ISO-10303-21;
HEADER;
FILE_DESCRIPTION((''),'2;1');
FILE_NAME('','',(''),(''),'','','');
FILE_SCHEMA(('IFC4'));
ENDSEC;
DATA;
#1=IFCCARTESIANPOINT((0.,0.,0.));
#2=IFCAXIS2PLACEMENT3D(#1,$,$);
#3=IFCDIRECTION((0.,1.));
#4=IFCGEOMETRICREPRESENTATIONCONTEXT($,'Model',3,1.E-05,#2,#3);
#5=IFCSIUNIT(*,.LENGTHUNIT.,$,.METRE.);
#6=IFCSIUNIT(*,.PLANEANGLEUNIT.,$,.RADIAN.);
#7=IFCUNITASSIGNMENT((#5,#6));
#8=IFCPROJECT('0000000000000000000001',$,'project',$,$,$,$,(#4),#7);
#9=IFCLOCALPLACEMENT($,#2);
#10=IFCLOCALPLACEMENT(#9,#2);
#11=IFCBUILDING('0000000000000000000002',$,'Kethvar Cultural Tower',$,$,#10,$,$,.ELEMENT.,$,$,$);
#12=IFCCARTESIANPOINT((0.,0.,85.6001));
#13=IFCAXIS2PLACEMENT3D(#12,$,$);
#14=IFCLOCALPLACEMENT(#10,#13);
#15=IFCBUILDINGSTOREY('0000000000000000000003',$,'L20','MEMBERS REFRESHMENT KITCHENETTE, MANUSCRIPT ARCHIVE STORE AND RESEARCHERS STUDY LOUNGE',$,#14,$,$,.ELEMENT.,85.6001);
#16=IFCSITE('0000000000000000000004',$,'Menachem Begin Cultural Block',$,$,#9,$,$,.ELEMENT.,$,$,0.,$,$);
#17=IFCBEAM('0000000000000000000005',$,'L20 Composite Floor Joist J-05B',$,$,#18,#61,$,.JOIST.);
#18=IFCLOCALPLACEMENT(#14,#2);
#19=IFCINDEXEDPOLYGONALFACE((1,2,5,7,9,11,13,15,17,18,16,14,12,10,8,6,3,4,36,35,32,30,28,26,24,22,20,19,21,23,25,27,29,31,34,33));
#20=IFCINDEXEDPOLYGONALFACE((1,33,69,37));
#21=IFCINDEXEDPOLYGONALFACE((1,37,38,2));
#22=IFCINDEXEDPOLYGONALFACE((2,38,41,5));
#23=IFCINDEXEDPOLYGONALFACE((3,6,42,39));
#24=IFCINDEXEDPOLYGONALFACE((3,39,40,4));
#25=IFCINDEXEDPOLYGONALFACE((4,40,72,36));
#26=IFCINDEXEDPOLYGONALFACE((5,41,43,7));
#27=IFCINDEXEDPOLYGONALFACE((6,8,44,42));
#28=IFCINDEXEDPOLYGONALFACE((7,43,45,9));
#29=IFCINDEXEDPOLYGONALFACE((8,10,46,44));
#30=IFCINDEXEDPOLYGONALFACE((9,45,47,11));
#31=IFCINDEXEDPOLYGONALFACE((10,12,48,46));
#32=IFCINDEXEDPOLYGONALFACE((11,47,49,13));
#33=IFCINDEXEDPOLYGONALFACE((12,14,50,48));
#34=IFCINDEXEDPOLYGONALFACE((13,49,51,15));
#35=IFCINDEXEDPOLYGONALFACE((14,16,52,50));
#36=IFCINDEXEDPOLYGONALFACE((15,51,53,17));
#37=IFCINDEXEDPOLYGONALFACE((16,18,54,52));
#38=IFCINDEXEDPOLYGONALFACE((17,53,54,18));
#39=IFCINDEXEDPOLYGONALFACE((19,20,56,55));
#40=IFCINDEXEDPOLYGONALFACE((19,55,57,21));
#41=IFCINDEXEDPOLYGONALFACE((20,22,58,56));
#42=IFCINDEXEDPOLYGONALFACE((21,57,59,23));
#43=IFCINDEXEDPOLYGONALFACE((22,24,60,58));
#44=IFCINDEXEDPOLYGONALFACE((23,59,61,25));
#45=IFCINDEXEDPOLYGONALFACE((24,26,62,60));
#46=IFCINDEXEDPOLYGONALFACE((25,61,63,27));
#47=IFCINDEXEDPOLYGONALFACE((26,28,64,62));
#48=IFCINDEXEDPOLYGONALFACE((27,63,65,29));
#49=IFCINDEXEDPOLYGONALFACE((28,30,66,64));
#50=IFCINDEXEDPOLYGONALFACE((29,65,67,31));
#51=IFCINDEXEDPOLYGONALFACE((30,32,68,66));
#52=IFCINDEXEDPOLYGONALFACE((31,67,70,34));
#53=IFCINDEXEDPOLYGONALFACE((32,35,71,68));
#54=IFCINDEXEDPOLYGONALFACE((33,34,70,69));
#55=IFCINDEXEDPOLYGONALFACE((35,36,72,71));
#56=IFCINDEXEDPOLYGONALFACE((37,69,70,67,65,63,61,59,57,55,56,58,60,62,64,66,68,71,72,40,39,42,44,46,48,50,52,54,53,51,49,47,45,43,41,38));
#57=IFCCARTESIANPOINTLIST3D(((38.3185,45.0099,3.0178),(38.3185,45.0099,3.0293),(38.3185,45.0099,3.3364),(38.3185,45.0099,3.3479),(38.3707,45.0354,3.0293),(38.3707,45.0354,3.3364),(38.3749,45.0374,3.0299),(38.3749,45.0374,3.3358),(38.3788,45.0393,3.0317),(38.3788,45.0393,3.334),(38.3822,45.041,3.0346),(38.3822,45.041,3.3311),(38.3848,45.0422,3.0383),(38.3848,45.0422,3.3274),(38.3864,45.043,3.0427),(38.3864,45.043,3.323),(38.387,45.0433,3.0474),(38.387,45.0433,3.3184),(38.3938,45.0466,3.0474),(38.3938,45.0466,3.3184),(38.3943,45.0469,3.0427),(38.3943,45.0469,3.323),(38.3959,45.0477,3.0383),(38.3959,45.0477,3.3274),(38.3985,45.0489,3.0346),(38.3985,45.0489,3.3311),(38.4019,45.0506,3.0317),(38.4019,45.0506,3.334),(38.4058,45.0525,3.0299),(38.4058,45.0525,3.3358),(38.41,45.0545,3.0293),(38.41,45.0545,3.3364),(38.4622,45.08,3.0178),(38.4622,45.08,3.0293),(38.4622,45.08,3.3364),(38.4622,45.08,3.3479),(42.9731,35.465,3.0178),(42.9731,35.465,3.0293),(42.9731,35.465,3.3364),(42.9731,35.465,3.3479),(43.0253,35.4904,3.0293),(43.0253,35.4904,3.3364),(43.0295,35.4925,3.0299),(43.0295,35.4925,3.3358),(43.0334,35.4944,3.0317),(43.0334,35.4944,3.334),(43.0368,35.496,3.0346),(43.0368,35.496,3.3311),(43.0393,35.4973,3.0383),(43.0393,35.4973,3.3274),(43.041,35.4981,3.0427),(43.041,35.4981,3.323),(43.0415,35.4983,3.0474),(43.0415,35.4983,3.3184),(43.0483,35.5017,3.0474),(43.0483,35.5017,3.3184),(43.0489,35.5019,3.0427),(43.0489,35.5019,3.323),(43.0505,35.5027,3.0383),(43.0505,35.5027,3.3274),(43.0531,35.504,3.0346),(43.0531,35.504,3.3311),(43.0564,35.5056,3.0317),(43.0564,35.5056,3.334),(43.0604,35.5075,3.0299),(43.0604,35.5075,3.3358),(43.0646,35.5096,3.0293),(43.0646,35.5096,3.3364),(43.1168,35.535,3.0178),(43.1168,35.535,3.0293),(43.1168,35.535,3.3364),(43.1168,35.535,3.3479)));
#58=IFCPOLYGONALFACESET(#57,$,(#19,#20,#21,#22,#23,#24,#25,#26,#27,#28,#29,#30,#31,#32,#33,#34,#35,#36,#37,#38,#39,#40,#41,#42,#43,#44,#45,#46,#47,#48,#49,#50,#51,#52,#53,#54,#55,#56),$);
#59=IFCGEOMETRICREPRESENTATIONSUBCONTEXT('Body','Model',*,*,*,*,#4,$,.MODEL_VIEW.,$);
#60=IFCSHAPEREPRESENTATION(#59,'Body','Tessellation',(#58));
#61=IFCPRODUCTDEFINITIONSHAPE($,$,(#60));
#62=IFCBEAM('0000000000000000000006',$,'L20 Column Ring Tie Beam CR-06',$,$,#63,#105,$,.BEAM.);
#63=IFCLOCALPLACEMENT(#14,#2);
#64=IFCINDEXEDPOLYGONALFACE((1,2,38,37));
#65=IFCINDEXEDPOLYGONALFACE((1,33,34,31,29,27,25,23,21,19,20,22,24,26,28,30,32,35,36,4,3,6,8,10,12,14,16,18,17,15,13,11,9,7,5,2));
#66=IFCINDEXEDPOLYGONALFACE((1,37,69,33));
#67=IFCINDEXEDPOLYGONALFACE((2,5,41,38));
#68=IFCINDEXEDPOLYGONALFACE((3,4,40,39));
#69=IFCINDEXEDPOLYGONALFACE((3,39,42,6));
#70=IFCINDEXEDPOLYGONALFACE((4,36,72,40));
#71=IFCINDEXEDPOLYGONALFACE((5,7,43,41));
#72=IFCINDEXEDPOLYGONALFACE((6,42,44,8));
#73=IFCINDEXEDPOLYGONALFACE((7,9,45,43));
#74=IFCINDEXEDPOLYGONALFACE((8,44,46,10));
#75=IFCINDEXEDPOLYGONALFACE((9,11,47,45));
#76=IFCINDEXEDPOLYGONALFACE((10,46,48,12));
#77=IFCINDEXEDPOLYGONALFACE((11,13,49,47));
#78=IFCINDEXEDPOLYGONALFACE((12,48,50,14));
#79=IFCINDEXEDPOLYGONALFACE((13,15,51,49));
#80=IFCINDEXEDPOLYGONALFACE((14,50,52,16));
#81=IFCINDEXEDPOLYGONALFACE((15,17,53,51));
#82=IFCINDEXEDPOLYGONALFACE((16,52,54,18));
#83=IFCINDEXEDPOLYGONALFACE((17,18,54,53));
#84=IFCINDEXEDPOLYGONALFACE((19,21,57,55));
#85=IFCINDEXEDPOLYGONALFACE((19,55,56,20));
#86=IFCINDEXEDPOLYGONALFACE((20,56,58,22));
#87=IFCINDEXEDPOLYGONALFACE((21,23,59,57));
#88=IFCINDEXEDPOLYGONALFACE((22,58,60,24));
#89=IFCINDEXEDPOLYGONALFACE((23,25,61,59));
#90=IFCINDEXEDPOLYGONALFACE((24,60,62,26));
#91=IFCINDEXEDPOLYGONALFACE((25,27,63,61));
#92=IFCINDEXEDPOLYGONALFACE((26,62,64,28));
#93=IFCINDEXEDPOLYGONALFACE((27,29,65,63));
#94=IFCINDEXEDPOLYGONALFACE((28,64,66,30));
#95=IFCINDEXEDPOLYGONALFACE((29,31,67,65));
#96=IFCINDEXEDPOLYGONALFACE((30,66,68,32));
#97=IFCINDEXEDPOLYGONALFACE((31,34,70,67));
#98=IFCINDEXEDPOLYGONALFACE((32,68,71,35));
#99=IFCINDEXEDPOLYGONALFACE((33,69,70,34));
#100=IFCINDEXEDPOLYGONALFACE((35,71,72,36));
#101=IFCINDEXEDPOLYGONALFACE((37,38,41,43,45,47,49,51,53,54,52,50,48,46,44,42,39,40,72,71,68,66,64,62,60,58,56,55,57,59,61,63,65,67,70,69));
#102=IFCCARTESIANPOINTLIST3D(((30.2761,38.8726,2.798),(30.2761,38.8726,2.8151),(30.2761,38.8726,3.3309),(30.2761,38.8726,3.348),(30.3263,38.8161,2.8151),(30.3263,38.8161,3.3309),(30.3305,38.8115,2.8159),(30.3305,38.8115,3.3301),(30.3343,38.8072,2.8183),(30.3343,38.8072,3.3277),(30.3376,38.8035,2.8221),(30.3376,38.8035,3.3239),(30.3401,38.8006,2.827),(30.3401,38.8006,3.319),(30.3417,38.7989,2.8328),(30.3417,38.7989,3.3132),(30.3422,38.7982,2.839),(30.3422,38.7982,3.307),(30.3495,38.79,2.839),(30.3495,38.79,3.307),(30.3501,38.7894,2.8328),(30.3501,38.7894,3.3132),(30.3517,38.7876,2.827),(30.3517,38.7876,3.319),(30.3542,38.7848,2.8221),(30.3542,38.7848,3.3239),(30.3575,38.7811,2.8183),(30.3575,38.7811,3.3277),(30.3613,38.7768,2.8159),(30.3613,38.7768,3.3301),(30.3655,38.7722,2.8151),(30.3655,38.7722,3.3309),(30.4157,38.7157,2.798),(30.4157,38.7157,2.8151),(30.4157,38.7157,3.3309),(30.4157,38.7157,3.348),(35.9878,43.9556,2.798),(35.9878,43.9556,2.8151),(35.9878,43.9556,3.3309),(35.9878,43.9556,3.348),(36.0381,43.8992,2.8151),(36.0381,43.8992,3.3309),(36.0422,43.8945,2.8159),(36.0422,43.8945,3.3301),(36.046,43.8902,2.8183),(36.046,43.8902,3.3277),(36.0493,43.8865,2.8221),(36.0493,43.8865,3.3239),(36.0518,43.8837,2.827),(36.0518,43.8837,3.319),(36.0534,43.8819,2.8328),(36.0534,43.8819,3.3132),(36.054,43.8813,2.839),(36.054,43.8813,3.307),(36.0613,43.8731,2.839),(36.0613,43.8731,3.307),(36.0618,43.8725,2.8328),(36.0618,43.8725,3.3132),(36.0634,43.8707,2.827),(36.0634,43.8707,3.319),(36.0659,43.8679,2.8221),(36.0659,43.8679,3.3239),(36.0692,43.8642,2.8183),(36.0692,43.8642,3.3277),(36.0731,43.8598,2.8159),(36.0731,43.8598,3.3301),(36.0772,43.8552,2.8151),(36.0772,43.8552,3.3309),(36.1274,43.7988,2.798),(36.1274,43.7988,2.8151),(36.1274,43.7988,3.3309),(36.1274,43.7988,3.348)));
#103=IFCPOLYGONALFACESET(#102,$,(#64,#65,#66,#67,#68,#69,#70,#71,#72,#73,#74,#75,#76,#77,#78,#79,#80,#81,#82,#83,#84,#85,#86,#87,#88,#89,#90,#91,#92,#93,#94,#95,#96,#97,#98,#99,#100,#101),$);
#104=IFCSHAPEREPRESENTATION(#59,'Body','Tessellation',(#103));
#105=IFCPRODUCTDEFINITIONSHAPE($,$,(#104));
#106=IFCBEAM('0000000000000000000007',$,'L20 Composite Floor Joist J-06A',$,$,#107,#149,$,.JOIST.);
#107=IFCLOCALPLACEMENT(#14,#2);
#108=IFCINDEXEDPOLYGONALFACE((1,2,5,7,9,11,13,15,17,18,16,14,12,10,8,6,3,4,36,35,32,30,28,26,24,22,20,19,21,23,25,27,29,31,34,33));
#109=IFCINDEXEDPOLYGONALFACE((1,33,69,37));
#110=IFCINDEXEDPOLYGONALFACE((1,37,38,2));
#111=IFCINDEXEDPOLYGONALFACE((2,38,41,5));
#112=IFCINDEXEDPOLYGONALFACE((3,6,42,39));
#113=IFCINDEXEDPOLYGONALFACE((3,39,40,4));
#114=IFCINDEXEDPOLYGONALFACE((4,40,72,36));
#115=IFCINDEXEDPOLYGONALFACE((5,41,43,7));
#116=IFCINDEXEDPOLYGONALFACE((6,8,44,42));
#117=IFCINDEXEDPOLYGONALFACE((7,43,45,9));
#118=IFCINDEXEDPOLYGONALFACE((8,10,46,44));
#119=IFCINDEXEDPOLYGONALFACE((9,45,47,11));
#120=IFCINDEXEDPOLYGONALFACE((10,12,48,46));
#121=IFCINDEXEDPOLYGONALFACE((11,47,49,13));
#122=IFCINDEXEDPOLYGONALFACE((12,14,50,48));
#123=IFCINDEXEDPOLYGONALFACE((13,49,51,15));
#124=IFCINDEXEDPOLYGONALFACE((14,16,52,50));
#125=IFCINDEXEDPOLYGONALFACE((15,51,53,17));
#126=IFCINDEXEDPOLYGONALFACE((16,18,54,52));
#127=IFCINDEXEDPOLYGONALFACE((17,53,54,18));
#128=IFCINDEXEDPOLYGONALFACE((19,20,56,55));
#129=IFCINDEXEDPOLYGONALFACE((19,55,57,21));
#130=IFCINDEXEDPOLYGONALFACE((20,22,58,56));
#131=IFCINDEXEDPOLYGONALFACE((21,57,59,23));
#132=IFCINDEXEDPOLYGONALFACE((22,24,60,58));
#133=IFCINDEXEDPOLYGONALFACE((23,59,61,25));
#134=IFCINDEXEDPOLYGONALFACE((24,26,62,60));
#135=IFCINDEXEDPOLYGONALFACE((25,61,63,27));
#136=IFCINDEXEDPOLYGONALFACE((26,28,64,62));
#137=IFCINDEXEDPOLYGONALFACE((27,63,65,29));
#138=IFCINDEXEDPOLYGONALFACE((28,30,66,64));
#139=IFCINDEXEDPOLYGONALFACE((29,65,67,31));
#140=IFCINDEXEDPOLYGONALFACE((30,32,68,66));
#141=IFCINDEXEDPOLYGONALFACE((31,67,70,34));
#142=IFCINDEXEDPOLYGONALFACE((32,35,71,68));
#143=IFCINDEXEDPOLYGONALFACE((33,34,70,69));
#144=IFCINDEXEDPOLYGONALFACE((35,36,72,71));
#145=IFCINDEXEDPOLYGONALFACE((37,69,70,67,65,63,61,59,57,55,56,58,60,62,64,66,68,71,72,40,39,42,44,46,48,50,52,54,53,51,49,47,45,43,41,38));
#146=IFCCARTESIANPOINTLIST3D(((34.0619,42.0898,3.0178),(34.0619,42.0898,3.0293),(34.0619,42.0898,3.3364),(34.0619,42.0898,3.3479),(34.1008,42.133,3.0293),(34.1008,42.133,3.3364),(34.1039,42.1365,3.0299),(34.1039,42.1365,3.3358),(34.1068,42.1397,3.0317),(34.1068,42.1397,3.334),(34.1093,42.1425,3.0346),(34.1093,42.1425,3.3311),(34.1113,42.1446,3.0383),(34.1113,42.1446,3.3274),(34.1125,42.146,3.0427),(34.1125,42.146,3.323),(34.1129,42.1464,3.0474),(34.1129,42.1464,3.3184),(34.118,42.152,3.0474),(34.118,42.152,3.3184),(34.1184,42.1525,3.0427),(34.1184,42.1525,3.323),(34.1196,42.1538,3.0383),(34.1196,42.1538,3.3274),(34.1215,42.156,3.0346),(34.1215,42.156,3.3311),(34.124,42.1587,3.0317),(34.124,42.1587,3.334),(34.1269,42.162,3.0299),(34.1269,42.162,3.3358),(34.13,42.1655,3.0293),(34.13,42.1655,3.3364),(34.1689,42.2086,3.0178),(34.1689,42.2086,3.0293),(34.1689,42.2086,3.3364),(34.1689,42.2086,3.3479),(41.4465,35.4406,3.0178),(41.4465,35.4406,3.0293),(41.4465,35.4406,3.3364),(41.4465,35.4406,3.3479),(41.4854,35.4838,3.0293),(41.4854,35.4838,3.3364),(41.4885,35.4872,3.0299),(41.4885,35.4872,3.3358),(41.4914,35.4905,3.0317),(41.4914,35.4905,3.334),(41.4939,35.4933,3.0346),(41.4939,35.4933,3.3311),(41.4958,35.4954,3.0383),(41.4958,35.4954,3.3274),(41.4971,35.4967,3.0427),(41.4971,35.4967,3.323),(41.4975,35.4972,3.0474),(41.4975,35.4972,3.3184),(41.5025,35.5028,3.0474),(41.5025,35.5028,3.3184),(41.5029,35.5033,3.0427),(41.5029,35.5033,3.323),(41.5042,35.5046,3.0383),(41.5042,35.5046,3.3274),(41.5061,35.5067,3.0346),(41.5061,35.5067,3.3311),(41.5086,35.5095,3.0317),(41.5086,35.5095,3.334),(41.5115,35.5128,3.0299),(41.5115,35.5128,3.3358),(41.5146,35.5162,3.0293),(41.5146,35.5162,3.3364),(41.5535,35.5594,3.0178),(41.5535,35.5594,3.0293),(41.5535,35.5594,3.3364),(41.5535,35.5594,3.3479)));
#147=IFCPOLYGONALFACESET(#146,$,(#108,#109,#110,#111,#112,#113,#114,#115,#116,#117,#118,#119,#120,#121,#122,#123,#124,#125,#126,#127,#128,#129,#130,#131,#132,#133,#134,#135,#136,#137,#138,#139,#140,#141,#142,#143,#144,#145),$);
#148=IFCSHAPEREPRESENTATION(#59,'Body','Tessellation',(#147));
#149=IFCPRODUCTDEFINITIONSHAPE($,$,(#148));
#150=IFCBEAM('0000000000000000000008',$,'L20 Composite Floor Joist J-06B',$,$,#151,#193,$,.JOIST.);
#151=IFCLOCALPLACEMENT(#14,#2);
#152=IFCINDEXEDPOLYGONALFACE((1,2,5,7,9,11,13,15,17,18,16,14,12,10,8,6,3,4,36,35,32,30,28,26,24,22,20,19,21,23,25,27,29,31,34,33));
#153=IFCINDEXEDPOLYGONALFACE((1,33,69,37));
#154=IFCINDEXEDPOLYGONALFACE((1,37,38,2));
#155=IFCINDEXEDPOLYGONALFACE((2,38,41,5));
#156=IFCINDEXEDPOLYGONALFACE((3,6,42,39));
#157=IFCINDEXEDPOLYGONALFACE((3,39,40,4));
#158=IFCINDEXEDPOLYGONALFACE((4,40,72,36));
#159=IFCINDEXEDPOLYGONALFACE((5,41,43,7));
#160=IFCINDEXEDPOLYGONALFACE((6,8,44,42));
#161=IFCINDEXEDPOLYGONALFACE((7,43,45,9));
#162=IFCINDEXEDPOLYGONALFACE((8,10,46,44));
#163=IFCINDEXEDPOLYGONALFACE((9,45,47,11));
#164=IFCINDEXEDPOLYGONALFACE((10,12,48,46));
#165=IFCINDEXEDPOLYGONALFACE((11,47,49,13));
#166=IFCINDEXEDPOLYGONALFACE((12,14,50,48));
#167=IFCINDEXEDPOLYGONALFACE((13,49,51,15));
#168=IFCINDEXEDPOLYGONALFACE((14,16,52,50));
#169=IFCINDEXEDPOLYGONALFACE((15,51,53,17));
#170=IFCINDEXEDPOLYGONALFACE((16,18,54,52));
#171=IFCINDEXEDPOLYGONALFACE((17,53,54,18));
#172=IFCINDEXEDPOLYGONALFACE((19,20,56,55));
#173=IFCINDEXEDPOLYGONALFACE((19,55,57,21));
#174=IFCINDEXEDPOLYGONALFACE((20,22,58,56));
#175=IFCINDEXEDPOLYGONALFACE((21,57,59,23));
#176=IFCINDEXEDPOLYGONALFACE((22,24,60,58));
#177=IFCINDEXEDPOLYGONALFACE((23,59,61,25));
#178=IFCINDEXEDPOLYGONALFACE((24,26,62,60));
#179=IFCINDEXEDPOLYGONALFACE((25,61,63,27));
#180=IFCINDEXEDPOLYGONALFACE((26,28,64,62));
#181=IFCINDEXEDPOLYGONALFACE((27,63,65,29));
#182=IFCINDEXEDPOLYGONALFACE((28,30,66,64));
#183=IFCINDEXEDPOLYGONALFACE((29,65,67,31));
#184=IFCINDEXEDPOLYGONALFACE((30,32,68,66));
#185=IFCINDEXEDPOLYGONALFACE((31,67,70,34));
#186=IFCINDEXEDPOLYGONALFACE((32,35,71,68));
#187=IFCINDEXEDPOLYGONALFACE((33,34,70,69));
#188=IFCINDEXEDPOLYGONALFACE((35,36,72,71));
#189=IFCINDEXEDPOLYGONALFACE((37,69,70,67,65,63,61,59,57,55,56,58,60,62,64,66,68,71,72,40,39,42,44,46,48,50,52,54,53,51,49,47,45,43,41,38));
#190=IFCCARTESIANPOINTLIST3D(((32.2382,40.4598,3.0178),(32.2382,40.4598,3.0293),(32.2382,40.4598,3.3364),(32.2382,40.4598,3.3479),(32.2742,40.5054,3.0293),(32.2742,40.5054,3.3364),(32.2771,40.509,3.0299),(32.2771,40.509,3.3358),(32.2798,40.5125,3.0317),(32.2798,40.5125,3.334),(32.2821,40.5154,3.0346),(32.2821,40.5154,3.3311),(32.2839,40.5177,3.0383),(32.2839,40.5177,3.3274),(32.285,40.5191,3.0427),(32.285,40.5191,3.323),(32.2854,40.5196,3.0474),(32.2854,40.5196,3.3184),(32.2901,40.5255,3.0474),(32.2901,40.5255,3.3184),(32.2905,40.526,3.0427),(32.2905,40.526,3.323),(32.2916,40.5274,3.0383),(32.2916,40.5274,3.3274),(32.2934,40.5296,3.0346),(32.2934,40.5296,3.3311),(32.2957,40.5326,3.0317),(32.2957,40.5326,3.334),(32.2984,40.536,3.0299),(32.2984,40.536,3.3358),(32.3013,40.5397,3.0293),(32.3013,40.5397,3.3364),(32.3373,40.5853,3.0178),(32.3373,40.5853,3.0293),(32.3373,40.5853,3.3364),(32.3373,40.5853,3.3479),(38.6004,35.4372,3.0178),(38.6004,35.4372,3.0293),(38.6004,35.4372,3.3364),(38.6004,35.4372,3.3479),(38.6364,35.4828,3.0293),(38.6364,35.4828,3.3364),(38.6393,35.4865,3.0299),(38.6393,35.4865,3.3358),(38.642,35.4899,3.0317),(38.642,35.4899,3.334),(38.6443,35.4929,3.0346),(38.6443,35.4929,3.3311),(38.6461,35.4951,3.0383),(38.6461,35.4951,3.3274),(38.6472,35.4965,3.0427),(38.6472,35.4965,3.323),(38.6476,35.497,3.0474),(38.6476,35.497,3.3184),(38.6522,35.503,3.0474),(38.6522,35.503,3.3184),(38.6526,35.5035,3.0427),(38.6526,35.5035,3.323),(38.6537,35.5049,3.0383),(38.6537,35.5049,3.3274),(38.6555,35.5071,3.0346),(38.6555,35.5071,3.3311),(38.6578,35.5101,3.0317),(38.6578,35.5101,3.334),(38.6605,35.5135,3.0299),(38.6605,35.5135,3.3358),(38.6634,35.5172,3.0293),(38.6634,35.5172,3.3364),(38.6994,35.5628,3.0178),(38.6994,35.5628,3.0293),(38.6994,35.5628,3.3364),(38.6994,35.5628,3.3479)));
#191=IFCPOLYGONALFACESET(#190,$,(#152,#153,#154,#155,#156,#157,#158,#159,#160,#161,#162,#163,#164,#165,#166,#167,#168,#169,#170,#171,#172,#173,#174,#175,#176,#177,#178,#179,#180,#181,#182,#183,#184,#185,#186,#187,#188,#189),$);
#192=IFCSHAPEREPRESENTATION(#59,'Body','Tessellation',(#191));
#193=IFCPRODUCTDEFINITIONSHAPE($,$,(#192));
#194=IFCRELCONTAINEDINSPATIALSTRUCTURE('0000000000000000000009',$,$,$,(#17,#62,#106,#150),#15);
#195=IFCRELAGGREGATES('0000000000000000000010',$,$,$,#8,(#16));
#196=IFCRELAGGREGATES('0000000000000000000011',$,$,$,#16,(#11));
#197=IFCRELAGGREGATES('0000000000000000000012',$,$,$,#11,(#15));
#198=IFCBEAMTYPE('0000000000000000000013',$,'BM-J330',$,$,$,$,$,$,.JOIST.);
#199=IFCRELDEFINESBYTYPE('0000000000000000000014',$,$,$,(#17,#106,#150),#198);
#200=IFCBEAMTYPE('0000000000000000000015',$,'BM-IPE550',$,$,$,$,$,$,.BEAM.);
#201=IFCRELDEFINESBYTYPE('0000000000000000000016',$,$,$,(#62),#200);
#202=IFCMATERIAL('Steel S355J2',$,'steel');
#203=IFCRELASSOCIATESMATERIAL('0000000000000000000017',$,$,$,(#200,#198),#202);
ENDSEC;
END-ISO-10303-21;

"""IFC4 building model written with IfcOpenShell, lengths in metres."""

from ifc_helpers import new_model, si_unit, direction, frame, origin, origin_2d, place, context, subcontext, project, spatial, i_section, extrude, source, transform, mapped, material, material_profile, profile_set, type_object, element, save


model = new_model("IFC4")

# Units and contexts
model_context = context("Model", 3, precision=1e-05, world=origin(), true_north=direction((0.0, 1.0)))
body_context = subcontext(model_context, "Body", "Model", "MODEL_VIEW")
ifc_project = project(units=[si_unit("LENGTHUNIT", "METRE"), si_unit("PLANEANGLEUNIT", "RADIAN")], contexts=[model_context])

# Site, building, storey
site_placement = place(None, origin())
site = spatial("IfcSite", under=ifc_project, at=site_placement, Name="Menachem Begin Cultural Block", CompositionType="ELEMENT", RefElevation=0.0)
building_placement = place(site_placement, origin())
building = spatial("IfcBuilding", under=site, at=building_placement, Name="Kethvar Cultural Tower", CompositionType="ELEMENT")
storey_placement = place(building_placement, frame((0.0, 0.0, 85.6001)))
storey = spatial("IfcBuildingStorey", under=building, at=storey_placement, Name="L20", Description="MEMBERS REFRESHMENT KITCHENETTE, MANUSCRIPT ARCHIVE STORE AND RESEARCHERS STUDY LOUNGE", CompositionType="ELEMENT", Elevation=85.6001)

# Beams
ifc_material_1 = material(Name="Steel S355J2", Category="steel")
ifc_material_profile_1 = material_profile(ifc_material_1, i_section(OverallWidth=0.21, OverallDepth=0.55, WebThickness=0.011, FlangeThickness=0.0171, FilletRadius=0.0239, at=origin_2d()), Name="Steel S355J2 — IPE550")
ifc_profile_set_1 = profile_set([ifc_material_profile_1], Name="Steel S355J2 — IPE550")
beam_type_1 = type_object("IfcBeamType", Name="BM-IPE550", PredefinedType="BEAM", material=ifc_profile_set_1)
ifc_material_profile_2 = material_profile(ifc_material_1, i_section(OverallWidth=0.1599, OverallDepth=0.3301, WebThickness=0.0076, FlangeThickness=0.0115, FilletRadius=0.0181, at=origin_2d()), Name="Steel S355J2 — IPE330")
ifc_profile_set_2 = profile_set([ifc_material_profile_2], Name="Steel S355J2 — IPE330")
beam_type_2 = type_object("IfcBeamType", Name="BM-J330", PredefinedType="JOIST", material=ifc_profile_set_2)
shared_shape_1 = source(origin(), body_context, "Body", "SweptSolid", [
    extrude(i_section(OverallWidth=0.1599, OverallDepth=0.3301, WebThickness=0.0076, FlangeThickness=0.0115, FilletRadius=0.0181, at=origin_2d()), origin(), (0.0, 0.0, 1.0), 10.6194),
])
beam_1_placement = place(storey_placement, frame((43.0449, 35.5, 3.1829), z_axis=(-0.438308, 0.898825, 0.0), x_axis=(-0.898825, -0.438308, 0.0)))
element("IfcBeam", 1, at=beam_1_placement, inside=storey, type_object=beam_type_2, Name="L20 Composite Floor Joist J-05B", PredefinedType="JOIST", context=body_context, shape_type="MappedRepresentation", body=[
    mapped(shared_shape_1, transform((0.0, 0.0, 0.0), scale=1.0)),
])
shared_shape_2 = source(origin(), body_context, "Body", "SweptSolid", [
    extrude(i_section(OverallWidth=0.21, OverallDepth=0.55, WebThickness=0.011, FlangeThickness=0.0171, FilletRadius=0.0239, at=origin_2d()), origin(), (0.0, 0.0, 1.0), 7.646),
])
beam_2_placement = place(storey_placement, frame((36.0576, 43.8772, 3.073), z_axis=(-0.747022, -0.6648, 0.0), x_axis=(0.6648, -0.747022, 0.0)))
element("IfcBeam", 2, at=beam_2_placement, inside=storey, type_object=beam_type_1, Name="L20 Column Ring Tie Beam CR-06", PredefinedType="BEAM", context=body_context, shape_type="MappedRepresentation", body=[
    mapped(shared_shape_2, transform((0.0, 0.0, 0.0), scale=1.0)),
])
shared_shape_3 = source(origin(), body_context, "Body", "SweptSolid", [
    extrude(i_section(OverallWidth=0.1599, OverallDepth=0.3301, WebThickness=0.0076, FlangeThickness=0.0115, FilletRadius=0.0181, at=origin_2d()), origin(), (0.0, 0.0, 1.0), 9.937),
])
beam_3_placement = place(storey_placement, frame((41.5, 35.5, 3.1829), z_axis=(-0.743139, 0.669137, 0.0), x_axis=(-0.669137, -0.743139, 0.0)))
element("IfcBeam", 3, at=beam_3_placement, inside=storey, type_object=beam_type_2, Name="L20 Composite Floor Joist J-06A", PredefinedType="JOIST", context=body_context, shape_type="MappedRepresentation", body=[
    mapped(shared_shape_3, transform((0.0, 0.0, 0.0), scale=1.0)),
])
shared_shape_4 = source(origin(), body_context, "Body", "SweptSolid", [
    extrude(i_section(OverallWidth=0.1599, OverallDepth=0.3301, WebThickness=0.0076, FlangeThickness=0.0115, FilletRadius=0.0181, at=origin_2d()), origin(), (0.0, 0.0, 1.0), 8.1057),
])
beam_4_placement = place(storey_placement, frame((38.6499, 35.5, 3.1829), z_axis=(-0.784896, 0.619628, 0.0), x_axis=(-0.619628, -0.784896, 0.0)))
element("IfcBeam", 4, at=beam_4_placement, inside=storey, type_object=beam_type_2, Name="L20 Composite Floor Joist J-06B", PredefinedType="JOIST", context=body_context, shape_type="MappedRepresentation", body=[
    mapped(shared_shape_4, transform((0.0, 0.0, 0.0), scale=1.0)),
])

save(model, "model.ifc")
